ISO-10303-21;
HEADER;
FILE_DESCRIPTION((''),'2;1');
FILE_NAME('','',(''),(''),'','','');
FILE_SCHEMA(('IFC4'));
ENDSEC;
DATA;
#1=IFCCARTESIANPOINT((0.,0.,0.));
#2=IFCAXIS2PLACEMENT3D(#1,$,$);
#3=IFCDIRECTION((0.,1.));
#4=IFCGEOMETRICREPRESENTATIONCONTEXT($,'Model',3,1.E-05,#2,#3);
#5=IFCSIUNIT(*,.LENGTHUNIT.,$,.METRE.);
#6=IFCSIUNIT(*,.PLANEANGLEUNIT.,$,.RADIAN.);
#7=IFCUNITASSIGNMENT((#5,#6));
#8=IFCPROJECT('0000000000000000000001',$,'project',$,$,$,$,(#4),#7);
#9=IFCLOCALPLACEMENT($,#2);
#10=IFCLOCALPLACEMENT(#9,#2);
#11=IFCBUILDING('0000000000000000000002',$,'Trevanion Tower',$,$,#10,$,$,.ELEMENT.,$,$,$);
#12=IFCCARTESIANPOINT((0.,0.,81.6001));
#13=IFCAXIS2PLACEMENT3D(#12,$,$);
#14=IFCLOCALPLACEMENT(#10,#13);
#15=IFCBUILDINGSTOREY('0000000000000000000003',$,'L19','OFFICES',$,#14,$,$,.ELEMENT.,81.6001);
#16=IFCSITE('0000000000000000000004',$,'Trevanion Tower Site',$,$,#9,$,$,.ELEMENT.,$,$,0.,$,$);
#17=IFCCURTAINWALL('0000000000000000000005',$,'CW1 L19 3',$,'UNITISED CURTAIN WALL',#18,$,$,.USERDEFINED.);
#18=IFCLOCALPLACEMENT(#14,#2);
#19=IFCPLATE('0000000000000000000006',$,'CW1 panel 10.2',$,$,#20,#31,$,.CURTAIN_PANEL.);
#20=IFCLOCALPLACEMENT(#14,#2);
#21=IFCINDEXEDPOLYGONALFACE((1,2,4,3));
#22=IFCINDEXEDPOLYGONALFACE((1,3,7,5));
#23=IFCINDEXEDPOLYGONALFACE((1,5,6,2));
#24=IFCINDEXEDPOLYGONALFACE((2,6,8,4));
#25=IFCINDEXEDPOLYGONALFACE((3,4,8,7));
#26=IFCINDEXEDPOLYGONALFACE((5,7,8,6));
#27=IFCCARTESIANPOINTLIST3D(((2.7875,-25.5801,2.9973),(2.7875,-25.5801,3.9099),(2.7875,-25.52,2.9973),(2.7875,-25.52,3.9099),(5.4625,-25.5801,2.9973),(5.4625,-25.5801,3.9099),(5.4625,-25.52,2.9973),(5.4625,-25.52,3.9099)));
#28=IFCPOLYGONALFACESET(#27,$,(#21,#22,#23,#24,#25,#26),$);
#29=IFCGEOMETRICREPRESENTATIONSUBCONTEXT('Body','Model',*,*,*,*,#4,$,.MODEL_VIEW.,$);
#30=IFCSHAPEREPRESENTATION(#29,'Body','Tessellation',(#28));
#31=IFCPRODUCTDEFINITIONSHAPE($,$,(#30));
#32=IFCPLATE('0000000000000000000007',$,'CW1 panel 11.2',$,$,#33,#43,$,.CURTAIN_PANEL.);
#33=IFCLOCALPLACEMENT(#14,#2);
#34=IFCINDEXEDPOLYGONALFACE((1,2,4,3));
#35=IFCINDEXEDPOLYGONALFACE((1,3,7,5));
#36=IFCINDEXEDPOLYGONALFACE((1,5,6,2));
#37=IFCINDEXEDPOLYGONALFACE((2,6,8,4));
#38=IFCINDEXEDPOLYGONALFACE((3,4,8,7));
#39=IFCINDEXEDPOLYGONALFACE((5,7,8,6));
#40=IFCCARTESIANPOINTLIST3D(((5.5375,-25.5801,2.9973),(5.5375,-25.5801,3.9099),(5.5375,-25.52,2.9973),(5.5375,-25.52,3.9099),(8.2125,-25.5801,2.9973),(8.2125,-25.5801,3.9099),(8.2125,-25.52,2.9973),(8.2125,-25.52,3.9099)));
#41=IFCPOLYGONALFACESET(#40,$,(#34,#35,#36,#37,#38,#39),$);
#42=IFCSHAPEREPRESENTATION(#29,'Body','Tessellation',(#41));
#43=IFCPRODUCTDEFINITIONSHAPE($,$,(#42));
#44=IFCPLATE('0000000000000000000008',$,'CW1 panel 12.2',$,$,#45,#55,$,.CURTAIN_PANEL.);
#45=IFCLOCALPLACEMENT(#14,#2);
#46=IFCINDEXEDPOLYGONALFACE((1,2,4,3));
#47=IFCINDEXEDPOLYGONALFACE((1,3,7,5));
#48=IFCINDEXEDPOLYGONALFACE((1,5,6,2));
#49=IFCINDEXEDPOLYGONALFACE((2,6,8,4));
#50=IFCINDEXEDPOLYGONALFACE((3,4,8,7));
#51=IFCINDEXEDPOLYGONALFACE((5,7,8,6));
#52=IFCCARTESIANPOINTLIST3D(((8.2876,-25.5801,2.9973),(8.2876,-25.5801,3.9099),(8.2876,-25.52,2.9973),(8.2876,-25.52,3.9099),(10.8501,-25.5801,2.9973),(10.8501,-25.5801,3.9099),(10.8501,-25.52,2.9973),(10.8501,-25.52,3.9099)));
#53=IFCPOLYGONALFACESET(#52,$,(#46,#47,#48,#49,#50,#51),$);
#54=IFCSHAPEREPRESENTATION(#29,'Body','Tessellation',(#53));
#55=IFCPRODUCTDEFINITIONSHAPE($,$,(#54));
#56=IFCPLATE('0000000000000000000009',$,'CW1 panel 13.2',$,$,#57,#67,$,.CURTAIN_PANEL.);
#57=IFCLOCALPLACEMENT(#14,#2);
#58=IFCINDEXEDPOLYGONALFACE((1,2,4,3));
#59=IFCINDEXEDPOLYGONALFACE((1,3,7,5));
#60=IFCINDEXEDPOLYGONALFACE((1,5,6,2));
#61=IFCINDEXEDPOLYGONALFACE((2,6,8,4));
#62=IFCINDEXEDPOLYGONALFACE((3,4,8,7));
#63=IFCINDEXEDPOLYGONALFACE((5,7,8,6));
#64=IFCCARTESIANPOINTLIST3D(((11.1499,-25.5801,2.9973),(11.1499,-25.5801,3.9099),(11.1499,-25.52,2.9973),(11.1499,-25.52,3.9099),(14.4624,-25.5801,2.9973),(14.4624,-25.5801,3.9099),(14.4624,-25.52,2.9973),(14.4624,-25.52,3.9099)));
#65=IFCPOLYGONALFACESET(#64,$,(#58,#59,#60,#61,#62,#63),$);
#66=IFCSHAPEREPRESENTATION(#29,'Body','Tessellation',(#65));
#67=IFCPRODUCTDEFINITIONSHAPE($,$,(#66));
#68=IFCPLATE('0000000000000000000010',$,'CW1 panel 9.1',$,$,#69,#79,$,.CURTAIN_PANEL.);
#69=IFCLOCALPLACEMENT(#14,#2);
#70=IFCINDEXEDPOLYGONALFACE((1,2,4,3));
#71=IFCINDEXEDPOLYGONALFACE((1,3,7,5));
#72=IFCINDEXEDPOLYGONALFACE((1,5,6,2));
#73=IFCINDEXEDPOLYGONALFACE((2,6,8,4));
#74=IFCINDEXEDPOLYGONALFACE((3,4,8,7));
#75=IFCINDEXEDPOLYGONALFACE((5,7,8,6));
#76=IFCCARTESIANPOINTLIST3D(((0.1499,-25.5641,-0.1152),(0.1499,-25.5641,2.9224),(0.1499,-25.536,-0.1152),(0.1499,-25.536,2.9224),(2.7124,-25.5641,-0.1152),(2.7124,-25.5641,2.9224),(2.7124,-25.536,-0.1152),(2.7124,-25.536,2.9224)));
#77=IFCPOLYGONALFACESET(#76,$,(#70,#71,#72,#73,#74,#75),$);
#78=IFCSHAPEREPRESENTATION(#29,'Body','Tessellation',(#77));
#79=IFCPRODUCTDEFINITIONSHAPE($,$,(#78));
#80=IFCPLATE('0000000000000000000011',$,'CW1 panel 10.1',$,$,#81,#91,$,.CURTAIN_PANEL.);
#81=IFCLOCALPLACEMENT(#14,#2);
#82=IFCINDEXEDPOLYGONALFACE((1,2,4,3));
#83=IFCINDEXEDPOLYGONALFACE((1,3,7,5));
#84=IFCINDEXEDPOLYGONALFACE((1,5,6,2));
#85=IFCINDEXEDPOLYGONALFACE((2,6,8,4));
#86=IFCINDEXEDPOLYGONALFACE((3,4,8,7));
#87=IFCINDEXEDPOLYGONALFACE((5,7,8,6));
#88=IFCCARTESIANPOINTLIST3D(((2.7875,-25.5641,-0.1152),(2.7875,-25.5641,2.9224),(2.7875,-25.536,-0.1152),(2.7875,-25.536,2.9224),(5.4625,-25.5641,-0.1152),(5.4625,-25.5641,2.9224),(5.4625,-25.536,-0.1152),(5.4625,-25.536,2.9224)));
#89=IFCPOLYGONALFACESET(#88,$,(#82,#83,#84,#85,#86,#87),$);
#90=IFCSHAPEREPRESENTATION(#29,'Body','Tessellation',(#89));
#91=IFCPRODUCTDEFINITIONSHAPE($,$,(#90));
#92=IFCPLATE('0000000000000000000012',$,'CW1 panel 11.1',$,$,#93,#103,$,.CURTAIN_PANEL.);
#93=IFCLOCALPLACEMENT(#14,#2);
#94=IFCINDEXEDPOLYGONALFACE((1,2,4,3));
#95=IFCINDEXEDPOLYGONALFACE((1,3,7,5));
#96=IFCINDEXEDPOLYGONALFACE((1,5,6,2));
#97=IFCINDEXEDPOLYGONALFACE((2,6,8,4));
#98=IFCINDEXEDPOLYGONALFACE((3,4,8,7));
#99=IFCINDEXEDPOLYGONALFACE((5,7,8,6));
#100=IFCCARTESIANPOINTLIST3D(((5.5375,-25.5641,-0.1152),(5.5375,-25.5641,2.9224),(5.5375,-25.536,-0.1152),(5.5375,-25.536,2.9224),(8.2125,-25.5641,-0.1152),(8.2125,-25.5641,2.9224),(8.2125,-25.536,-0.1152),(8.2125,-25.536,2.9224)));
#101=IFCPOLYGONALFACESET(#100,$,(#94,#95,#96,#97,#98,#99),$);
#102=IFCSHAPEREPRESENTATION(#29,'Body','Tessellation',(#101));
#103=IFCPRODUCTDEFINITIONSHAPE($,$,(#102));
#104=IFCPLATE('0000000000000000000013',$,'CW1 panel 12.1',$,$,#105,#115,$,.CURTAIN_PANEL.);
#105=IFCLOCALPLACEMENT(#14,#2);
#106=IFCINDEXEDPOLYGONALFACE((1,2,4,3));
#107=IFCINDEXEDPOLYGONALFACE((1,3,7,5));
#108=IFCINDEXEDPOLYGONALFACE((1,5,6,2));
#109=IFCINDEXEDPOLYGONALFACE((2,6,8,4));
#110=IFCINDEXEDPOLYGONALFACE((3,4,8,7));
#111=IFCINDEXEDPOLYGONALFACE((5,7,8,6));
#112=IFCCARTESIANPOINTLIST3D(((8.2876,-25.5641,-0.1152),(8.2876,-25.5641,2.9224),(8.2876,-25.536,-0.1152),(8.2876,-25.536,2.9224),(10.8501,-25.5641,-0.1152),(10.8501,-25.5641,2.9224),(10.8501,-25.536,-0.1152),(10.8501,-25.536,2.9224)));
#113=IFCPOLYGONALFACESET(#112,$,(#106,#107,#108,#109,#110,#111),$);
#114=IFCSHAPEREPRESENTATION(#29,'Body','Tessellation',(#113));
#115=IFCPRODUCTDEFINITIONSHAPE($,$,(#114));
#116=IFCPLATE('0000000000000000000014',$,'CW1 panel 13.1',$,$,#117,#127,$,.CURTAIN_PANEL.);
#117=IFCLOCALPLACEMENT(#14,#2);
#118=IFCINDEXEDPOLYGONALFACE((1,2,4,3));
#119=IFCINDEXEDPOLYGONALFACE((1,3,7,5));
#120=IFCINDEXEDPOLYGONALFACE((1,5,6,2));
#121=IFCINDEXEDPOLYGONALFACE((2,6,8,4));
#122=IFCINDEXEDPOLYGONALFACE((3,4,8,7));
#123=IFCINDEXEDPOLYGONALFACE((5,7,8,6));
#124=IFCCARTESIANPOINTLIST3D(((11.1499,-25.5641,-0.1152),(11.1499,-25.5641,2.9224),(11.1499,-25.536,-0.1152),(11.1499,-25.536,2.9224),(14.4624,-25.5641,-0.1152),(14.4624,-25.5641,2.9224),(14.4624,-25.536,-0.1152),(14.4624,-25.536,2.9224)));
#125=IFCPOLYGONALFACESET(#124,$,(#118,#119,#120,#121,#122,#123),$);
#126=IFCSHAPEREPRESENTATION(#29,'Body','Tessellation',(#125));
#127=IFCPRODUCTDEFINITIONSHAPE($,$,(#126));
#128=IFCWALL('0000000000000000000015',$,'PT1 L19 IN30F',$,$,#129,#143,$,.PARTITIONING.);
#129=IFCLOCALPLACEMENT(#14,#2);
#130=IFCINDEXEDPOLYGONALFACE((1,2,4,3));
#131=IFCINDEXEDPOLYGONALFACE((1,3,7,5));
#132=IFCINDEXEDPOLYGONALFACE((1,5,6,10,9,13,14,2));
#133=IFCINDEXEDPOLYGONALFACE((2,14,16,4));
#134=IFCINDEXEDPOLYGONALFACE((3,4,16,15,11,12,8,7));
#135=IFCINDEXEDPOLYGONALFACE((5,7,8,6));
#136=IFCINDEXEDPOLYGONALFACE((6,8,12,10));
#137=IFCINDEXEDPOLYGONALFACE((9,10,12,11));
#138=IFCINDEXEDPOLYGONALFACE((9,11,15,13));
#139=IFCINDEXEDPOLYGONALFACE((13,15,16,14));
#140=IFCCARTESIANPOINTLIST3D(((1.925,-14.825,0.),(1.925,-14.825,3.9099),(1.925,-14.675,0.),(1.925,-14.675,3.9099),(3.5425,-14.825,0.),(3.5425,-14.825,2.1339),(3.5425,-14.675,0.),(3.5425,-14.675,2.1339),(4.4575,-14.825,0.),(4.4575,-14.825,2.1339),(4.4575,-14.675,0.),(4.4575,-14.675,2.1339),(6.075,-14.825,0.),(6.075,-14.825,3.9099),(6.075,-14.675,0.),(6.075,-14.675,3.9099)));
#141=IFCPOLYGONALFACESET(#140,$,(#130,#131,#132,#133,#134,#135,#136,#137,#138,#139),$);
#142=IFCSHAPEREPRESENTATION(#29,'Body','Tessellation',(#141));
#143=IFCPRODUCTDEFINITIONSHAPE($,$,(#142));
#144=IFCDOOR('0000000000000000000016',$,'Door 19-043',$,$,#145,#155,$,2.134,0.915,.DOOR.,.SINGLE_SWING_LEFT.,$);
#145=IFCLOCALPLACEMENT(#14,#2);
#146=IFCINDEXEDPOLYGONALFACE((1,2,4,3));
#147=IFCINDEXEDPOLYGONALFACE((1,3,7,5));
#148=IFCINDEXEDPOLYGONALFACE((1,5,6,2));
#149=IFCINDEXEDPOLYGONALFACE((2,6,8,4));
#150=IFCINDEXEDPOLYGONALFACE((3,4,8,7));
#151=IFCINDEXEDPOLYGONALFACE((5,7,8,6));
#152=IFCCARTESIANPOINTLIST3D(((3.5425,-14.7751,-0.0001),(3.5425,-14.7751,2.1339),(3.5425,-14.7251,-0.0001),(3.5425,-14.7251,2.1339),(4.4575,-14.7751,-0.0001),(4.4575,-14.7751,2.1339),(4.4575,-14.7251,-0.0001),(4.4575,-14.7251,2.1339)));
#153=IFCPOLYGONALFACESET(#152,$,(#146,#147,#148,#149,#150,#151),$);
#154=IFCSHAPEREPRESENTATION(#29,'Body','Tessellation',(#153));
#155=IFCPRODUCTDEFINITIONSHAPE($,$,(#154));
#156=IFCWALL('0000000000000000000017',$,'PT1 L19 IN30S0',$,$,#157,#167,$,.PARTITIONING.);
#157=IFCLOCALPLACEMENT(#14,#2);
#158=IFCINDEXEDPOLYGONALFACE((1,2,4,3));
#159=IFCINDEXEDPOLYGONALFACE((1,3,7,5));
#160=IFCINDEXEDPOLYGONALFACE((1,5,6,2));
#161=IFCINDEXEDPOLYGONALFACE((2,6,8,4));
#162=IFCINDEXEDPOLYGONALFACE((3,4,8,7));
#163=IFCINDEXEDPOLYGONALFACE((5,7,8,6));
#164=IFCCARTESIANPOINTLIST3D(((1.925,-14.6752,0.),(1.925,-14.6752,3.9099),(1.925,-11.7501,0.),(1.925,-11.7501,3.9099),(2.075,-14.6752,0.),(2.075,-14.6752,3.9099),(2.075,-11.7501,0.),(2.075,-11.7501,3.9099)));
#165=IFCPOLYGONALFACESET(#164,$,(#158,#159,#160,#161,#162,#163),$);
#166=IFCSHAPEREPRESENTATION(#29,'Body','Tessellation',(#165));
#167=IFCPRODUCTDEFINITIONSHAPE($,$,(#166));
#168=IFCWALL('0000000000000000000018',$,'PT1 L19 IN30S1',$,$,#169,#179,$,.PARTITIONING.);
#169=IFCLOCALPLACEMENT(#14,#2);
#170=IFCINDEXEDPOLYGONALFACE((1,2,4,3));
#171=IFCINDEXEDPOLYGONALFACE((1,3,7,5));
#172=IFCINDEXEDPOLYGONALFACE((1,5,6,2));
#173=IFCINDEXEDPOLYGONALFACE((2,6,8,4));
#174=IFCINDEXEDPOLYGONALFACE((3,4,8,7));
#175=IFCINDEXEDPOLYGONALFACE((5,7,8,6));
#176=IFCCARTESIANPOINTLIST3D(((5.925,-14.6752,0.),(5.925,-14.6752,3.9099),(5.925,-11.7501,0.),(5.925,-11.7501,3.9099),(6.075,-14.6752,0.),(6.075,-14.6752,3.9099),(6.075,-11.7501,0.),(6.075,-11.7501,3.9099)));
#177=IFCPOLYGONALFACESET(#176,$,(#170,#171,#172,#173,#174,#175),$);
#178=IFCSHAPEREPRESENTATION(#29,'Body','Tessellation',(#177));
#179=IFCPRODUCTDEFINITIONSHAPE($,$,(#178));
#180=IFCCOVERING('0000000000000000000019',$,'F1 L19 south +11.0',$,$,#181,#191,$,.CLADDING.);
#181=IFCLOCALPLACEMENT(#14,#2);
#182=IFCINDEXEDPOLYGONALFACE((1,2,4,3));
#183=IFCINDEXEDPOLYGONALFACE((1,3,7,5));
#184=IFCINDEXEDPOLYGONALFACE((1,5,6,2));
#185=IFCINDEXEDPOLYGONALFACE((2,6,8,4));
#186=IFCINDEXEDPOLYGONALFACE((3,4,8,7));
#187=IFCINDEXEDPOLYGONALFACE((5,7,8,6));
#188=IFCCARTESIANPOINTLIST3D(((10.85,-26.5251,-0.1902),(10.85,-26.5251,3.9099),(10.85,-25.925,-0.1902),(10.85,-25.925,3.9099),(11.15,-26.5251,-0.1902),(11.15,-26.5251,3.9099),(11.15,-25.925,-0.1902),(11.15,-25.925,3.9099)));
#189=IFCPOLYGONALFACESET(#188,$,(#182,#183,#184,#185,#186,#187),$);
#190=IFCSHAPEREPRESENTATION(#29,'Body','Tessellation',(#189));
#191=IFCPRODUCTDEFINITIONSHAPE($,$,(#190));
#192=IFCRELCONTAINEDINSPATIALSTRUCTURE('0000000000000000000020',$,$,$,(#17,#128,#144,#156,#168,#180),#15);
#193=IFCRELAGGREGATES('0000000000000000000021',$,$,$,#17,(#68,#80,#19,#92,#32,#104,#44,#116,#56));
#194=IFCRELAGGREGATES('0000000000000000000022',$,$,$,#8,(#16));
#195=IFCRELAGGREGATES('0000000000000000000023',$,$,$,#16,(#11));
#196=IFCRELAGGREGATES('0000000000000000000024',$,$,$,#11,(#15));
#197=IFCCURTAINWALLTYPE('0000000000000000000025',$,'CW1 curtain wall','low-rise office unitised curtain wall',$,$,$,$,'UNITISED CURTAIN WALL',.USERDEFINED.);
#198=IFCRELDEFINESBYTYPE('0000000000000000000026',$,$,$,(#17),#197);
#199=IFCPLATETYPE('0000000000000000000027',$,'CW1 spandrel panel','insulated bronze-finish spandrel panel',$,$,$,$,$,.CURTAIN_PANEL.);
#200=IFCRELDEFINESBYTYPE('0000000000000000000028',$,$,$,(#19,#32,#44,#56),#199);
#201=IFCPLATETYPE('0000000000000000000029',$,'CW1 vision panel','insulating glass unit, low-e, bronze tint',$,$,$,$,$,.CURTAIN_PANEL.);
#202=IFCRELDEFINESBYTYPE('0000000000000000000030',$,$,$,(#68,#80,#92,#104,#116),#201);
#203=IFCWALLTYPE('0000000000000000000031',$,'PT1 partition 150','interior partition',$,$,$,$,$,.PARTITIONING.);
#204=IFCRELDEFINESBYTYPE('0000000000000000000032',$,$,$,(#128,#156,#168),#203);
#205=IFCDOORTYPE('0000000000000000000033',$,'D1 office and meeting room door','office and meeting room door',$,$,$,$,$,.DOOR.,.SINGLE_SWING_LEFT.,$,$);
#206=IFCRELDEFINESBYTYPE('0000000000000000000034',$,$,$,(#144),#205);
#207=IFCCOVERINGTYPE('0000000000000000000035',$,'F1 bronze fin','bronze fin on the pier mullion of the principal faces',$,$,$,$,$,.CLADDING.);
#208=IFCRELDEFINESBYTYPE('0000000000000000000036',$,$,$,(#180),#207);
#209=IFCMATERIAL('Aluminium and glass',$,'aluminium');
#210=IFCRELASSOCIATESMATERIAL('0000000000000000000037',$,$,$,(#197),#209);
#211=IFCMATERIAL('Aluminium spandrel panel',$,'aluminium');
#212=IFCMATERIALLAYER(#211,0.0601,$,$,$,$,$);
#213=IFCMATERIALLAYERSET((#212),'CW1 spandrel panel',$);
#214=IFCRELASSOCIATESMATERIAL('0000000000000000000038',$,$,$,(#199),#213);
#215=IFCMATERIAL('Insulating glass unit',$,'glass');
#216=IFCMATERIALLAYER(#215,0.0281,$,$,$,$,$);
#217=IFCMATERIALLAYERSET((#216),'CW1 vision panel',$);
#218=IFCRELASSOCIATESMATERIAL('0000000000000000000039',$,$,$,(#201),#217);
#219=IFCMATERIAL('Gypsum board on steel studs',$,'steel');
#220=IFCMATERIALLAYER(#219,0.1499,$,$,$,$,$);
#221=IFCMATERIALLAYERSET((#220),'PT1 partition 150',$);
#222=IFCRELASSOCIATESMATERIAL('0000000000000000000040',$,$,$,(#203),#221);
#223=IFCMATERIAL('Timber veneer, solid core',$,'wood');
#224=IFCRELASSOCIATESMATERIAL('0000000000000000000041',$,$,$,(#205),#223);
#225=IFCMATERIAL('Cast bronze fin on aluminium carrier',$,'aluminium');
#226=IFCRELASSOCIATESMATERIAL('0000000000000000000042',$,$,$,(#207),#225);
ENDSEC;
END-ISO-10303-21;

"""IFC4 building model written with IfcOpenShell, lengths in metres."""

from ifc_helpers import new_model, si_unit, direction, frame, frame_2d, origin, origin_2d, place, context, subcontext, project, spatial, rectangle, extrude, material, layer, layer_set, type_object, element, fill, aggregate, save


model = new_model("IFC4")

# Units and contexts
model_context = context("Model", 3, precision=1e-05, world=origin(), true_north=direction((0.0, 1.0)))
body_context = subcontext(model_context, "Body", "Model", "MODEL_VIEW")
ifc_project = project(units=[si_unit("LENGTHUNIT", "METRE"), si_unit("PLANEANGLEUNIT", "RADIAN")], contexts=[model_context])

# Site, building, storey
site_placement = place(None, origin())
site = spatial("IfcSite", under=ifc_project, at=site_placement, Name="Trevanion Tower Site", CompositionType="ELEMENT", RefElevation=0.0)
building_placement = place(site_placement, origin())
building = spatial("IfcBuilding", under=site, at=building_placement, Name="Trevanion Tower", CompositionType="ELEMENT")
storey_placement = place(building_placement, frame((0.0, 0.0, 81.6001)))
storey = spatial("IfcBuildingStorey", under=building, at=storey_placement, Name="L19", Description="OFFICES", CompositionType="ELEMENT", Elevation=81.6001)

# Curtain wall
ifc_material_1 = material(Name="Aluminium and glass", Category="aluminium")
curtain_wall_type = type_object("IfcCurtainWallType", Name="CW1 curtain wall", Description="low-rise office unitised curtain wall", ElementType="UNITISED CURTAIN WALL", PredefinedType="USERDEFINED", material=ifc_material_1)
curtain_wall_placement = place(storey_placement, origin())
curtain_wall = element("IfcCurtainWall", 1, at=curtain_wall_placement, inside=storey, type_object=curtain_wall_type, Name="CW1 L19 3", ObjectType="UNITISED CURTAIN WALL", PredefinedType="USERDEFINED")

# Plates
ifc_material_2 = material(Name="Aluminium spandrel panel", Category="aluminium")
ifc_layer_1 = layer(ifc_material_2, 0.0601)
ifc_layer_set_1 = layer_set([ifc_layer_1], Name="CW1 spandrel panel")
plate_type_1 = type_object("IfcPlateType", Name="CW1 spandrel panel", Description="insulated bronze-finish spandrel panel", PredefinedType="CURTAIN_PANEL", material=ifc_layer_set_1)
plate_1_placement = place(storey_placement, frame((4.125, -25.55, 2.9973), z_axis=(0.0, 0.0, 1.0), x_axis=(1.0, 0.0, 0.0)))
plate_1 = element("IfcPlate", 2, at=plate_1_placement, type_object=plate_type_1, Name="CW1 panel 10.2", PredefinedType="CURTAIN_PANEL", context=body_context, shape_type="SweptSolid", body=[
    extrude(rectangle(XDim=2.675, YDim=0.0601, at=origin_2d()), origin(), (0.0, 0.0, 1.0), 0.9126),
])
plate_2_placement = place(storey_placement, frame((6.875, -25.55, 2.9973), z_axis=(0.0, 0.0, 1.0), x_axis=(1.0, 0.0, 0.0)))
plate_2 = element("IfcPlate", 3, at=plate_2_placement, type_object=plate_type_1, Name="CW1 panel 11.2", PredefinedType="CURTAIN_PANEL", context=body_context, shape_type="SweptSolid", body=[
    extrude(rectangle(XDim=2.675, YDim=0.0601, at=origin_2d()), origin(), (0.0, 0.0, 1.0), 0.9126),
])
plate_3_placement = place(storey_placement, frame((9.5688, -25.55, 2.9973), z_axis=(0.0, 0.0, 1.0), x_axis=(1.0, 0.0, 0.0)))
plate_3 = element("IfcPlate", 4, at=plate_3_placement, type_object=plate_type_1, Name="CW1 panel 12.2", PredefinedType="CURTAIN_PANEL", context=body_context, shape_type="SweptSolid", body=[
    extrude(rectangle(XDim=2.5625, YDim=0.0601, at=origin_2d()), origin(), (0.0, 0.0, 1.0), 0.9126),
])
plate_4_placement = place(storey_placement, frame((12.8062, -25.55, 2.9973), z_axis=(0.0, 0.0, 1.0), x_axis=(1.0, 0.0, 0.0)))
plate_4 = element("IfcPlate", 5, at=plate_4_placement, type_object=plate_type_1, Name="CW1 panel 13.2", PredefinedType="CURTAIN_PANEL", context=body_context, shape_type="SweptSolid", body=[
    extrude(rectangle(XDim=3.3125, YDim=0.0601, at=origin_2d()), origin(), (0.0, 0.0, 1.0), 0.9126),
])
ifc_material_3 = material(Name="Insulating glass unit", Category="glass")
ifc_layer_2 = layer(ifc_material_3, 0.0281)
ifc_layer_set_2 = layer_set([ifc_layer_2], Name="CW1 vision panel")
plate_type_2 = type_object("IfcPlateType", Name="CW1 vision panel", Description="insulating glass unit, low-e, bronze tint", PredefinedType="CURTAIN_PANEL", material=ifc_layer_set_2)
plate_5_placement = place(storey_placement, frame((1.4312, -25.55, -0.1152), z_axis=(0.0, 0.0, 1.0), x_axis=(1.0, 0.0, 0.0)))
plate_5 = element("IfcPlate", 6, at=plate_5_placement, type_object=plate_type_2, Name="CW1 panel 9.1", PredefinedType="CURTAIN_PANEL", context=body_context, shape_type="SweptSolid", body=[
    extrude(rectangle(XDim=2.5625, YDim=0.0281, at=origin_2d()), origin(), (0.0, 0.0, 1.0), 3.0376),
])
plate_6_placement = place(storey_placement, frame((4.125, -25.55, -0.1152), z_axis=(0.0, 0.0, 1.0), x_axis=(1.0, 0.0, 0.0)))
plate_6 = element("IfcPlate", 7, at=plate_6_placement, type_object=plate_type_2, Name="CW1 panel 10.1", PredefinedType="CURTAIN_PANEL", context=body_context, shape_type="SweptSolid", body=[
    extrude(rectangle(XDim=2.675, YDim=0.0281, at=origin_2d()), origin(), (0.0, 0.0, 1.0), 3.0376),
])
plate_7_placement = place(storey_placement, frame((6.875, -25.55, -0.1152), z_axis=(0.0, 0.0, 1.0), x_axis=(1.0, 0.0, 0.0)))
plate_7 = element("IfcPlate", 8, at=plate_7_placement, type_object=plate_type_2, Name="CW1 panel 11.1", PredefinedType="CURTAIN_PANEL", context=body_context, shape_type="SweptSolid", body=[
    extrude(rectangle(XDim=2.675, YDim=0.0281, at=origin_2d()), origin(), (0.0, 0.0, 1.0), 3.0376),
])
plate_8_placement = place(storey_placement, frame((9.5688, -25.55, -0.1152), z_axis=(0.0, 0.0, 1.0), x_axis=(1.0, 0.0, 0.0)))
plate_8 = element("IfcPlate", 9, at=plate_8_placement, type_object=plate_type_2, Name="CW1 panel 12.1", PredefinedType="CURTAIN_PANEL", context=body_context, shape_type="SweptSolid", body=[
    extrude(rectangle(XDim=2.5625, YDim=0.0281, at=origin_2d()), origin(), (0.0, 0.0, 1.0), 3.0376),
])
plate_9_placement = place(storey_placement, frame((12.8062, -25.55, -0.1152), z_axis=(0.0, 0.0, 1.0), x_axis=(1.0, 0.0, 0.0)))
plate_9 = element("IfcPlate", 10, at=plate_9_placement, type_object=plate_type_2, Name="CW1 panel 13.1", PredefinedType="CURTAIN_PANEL", context=body_context, shape_type="SweptSolid", body=[
    extrude(rectangle(XDim=3.3125, YDim=0.0281, at=origin_2d()), origin(), (0.0, 0.0, 1.0), 3.0376),
])
aggregate(curtain_wall, [plate_5, plate_6, plate_1, plate_7, plate_2, plate_8, plate_3, plate_9, plate_4])

# Wall, opening, door
ifc_material_4 = material(Name="Gypsum board on steel studs", Category="steel")
ifc_layer_3 = layer(ifc_material_4, 0.1499)
ifc_layer_set_3 = layer_set([ifc_layer_3], Name="PT1 partition 150")
wall_type = type_object("IfcWallType", Name="PT1 partition 150", Description="interior partition", PredefinedType="PARTITIONING", material=ifc_layer_set_3)
wall_placement = place(storey_placement, frame((1.925, -14.75, 0.0), z_axis=(0.0, 0.0, 1.0), x_axis=(1.0, 0.0, 0.0)))
wall = element("IfcWall", 11, at=wall_placement, inside=storey, type_object=wall_type, Name="PT1 L19 IN30F", PredefinedType="PARTITIONING", context=body_context, shape_type="SweptSolid", body=[
    extrude(rectangle(XDim=4.1499, YDim=0.1499, at=frame_2d((2.075, 0.0))), origin(), (0.0, 0.0, 1.0), 3.9099),
])
opening_placement = place(wall_placement, frame((1.6174, 0.0, 0.0)))
opening = element("IfcOpeningElement", 12, at=opening_placement, cuts=wall, PredefinedType="OPENING", context=body_context, shape_type="SweptSolid", body=[
    extrude(rectangle(XDim=0.915, YDim=2.134, at=frame_2d((0.4575, 1.0669))), frame((0.0, 0.085, 0.0), z_axis=(0.0, -1.0, 0.0), x_axis=(1.0, 0.0, 0.0)), (0.0, 0.0, 1.0), 0.1699),
])
ifc_material_5 = material(Name="Timber veneer, solid core", Category="wood")
door_type = type_object("IfcDoorType", Name="D1 office and meeting room door", Description="office and meeting room door", OperationType="SINGLE_SWING_LEFT", PredefinedType="DOOR", material=ifc_material_5)
door_placement = place(opening_placement, origin())
door = element("IfcDoor", 13, at=door_placement, inside=storey, type_object=door_type, Name="Door 19-043", OperationType="SINGLE_SWING_LEFT", OverallHeight=2.134, OverallWidth=0.915, PredefinedType="DOOR", context=body_context, shape_type="SweptSolid", body=[
    extrude(rectangle(XDim=0.915, YDim=2.134, at=frame_2d((0.4575, 1.0669))), frame((0.0, 0.0249, 0.0), z_axis=(0.0, -1.0, 0.0), x_axis=(1.0, 0.0, 0.0)), (0.0, 0.0, 1.0), 0.05),
])
fill(opening, door)

# Walls
for number, where, z_axis, x_axis, name in (
    (14, (2.0, -14.675, 0.0), (0.0, 0.0, 1.0), (0.0, 1.0, 0.0), "PT1 L19 IN30S0"),
    (15, (6.0, -14.675, 0.0), (0.0, 0.0, 1.0), (0.0, 1.0, 0.0), "PT1 L19 IN30S1"),
):
    element("IfcWall", number, at=place(storey_placement, frame(where, z_axis=z_axis, x_axis=x_axis)), inside=storey, type_object=wall_type, Name=name, PredefinedType="PARTITIONING", context=body_context, shape_type="SweptSolid", body=[
        extrude(rectangle(XDim=2.925, YDim=0.1499, at=frame_2d((1.4624, 0.0))), origin(), (0.0, 0.0, 1.0), 3.9099),
    ])

# Covering
ifc_material_6 = material(Name="Cast bronze fin on aluminium carrier", Category="aluminium")
covering_type = type_object("IfcCoveringType", Name="F1 bronze fin", Description="bronze fin on the pier mullion of the principal faces", PredefinedType="CLADDING", material=ifc_material_6)
covering_placement = place(storey_placement, frame((11.0, -26.2251, -0.1902), z_axis=(0.0, 0.0, 1.0), x_axis=(1.0, 0.0, 0.0)))
element("IfcCovering", 16, at=covering_placement, inside=storey, type_object=covering_type, Name="F1 L19 south +11.0", PredefinedType="CLADDING", context=body_context, shape_type="SweptSolid", body=[
    extrude(rectangle(XDim=0.3, YDim=0.6001, at=origin_2d()), origin(), (0.0, 0.0, 1.0), 4.1001),
])

save(model, "model.ifc")
